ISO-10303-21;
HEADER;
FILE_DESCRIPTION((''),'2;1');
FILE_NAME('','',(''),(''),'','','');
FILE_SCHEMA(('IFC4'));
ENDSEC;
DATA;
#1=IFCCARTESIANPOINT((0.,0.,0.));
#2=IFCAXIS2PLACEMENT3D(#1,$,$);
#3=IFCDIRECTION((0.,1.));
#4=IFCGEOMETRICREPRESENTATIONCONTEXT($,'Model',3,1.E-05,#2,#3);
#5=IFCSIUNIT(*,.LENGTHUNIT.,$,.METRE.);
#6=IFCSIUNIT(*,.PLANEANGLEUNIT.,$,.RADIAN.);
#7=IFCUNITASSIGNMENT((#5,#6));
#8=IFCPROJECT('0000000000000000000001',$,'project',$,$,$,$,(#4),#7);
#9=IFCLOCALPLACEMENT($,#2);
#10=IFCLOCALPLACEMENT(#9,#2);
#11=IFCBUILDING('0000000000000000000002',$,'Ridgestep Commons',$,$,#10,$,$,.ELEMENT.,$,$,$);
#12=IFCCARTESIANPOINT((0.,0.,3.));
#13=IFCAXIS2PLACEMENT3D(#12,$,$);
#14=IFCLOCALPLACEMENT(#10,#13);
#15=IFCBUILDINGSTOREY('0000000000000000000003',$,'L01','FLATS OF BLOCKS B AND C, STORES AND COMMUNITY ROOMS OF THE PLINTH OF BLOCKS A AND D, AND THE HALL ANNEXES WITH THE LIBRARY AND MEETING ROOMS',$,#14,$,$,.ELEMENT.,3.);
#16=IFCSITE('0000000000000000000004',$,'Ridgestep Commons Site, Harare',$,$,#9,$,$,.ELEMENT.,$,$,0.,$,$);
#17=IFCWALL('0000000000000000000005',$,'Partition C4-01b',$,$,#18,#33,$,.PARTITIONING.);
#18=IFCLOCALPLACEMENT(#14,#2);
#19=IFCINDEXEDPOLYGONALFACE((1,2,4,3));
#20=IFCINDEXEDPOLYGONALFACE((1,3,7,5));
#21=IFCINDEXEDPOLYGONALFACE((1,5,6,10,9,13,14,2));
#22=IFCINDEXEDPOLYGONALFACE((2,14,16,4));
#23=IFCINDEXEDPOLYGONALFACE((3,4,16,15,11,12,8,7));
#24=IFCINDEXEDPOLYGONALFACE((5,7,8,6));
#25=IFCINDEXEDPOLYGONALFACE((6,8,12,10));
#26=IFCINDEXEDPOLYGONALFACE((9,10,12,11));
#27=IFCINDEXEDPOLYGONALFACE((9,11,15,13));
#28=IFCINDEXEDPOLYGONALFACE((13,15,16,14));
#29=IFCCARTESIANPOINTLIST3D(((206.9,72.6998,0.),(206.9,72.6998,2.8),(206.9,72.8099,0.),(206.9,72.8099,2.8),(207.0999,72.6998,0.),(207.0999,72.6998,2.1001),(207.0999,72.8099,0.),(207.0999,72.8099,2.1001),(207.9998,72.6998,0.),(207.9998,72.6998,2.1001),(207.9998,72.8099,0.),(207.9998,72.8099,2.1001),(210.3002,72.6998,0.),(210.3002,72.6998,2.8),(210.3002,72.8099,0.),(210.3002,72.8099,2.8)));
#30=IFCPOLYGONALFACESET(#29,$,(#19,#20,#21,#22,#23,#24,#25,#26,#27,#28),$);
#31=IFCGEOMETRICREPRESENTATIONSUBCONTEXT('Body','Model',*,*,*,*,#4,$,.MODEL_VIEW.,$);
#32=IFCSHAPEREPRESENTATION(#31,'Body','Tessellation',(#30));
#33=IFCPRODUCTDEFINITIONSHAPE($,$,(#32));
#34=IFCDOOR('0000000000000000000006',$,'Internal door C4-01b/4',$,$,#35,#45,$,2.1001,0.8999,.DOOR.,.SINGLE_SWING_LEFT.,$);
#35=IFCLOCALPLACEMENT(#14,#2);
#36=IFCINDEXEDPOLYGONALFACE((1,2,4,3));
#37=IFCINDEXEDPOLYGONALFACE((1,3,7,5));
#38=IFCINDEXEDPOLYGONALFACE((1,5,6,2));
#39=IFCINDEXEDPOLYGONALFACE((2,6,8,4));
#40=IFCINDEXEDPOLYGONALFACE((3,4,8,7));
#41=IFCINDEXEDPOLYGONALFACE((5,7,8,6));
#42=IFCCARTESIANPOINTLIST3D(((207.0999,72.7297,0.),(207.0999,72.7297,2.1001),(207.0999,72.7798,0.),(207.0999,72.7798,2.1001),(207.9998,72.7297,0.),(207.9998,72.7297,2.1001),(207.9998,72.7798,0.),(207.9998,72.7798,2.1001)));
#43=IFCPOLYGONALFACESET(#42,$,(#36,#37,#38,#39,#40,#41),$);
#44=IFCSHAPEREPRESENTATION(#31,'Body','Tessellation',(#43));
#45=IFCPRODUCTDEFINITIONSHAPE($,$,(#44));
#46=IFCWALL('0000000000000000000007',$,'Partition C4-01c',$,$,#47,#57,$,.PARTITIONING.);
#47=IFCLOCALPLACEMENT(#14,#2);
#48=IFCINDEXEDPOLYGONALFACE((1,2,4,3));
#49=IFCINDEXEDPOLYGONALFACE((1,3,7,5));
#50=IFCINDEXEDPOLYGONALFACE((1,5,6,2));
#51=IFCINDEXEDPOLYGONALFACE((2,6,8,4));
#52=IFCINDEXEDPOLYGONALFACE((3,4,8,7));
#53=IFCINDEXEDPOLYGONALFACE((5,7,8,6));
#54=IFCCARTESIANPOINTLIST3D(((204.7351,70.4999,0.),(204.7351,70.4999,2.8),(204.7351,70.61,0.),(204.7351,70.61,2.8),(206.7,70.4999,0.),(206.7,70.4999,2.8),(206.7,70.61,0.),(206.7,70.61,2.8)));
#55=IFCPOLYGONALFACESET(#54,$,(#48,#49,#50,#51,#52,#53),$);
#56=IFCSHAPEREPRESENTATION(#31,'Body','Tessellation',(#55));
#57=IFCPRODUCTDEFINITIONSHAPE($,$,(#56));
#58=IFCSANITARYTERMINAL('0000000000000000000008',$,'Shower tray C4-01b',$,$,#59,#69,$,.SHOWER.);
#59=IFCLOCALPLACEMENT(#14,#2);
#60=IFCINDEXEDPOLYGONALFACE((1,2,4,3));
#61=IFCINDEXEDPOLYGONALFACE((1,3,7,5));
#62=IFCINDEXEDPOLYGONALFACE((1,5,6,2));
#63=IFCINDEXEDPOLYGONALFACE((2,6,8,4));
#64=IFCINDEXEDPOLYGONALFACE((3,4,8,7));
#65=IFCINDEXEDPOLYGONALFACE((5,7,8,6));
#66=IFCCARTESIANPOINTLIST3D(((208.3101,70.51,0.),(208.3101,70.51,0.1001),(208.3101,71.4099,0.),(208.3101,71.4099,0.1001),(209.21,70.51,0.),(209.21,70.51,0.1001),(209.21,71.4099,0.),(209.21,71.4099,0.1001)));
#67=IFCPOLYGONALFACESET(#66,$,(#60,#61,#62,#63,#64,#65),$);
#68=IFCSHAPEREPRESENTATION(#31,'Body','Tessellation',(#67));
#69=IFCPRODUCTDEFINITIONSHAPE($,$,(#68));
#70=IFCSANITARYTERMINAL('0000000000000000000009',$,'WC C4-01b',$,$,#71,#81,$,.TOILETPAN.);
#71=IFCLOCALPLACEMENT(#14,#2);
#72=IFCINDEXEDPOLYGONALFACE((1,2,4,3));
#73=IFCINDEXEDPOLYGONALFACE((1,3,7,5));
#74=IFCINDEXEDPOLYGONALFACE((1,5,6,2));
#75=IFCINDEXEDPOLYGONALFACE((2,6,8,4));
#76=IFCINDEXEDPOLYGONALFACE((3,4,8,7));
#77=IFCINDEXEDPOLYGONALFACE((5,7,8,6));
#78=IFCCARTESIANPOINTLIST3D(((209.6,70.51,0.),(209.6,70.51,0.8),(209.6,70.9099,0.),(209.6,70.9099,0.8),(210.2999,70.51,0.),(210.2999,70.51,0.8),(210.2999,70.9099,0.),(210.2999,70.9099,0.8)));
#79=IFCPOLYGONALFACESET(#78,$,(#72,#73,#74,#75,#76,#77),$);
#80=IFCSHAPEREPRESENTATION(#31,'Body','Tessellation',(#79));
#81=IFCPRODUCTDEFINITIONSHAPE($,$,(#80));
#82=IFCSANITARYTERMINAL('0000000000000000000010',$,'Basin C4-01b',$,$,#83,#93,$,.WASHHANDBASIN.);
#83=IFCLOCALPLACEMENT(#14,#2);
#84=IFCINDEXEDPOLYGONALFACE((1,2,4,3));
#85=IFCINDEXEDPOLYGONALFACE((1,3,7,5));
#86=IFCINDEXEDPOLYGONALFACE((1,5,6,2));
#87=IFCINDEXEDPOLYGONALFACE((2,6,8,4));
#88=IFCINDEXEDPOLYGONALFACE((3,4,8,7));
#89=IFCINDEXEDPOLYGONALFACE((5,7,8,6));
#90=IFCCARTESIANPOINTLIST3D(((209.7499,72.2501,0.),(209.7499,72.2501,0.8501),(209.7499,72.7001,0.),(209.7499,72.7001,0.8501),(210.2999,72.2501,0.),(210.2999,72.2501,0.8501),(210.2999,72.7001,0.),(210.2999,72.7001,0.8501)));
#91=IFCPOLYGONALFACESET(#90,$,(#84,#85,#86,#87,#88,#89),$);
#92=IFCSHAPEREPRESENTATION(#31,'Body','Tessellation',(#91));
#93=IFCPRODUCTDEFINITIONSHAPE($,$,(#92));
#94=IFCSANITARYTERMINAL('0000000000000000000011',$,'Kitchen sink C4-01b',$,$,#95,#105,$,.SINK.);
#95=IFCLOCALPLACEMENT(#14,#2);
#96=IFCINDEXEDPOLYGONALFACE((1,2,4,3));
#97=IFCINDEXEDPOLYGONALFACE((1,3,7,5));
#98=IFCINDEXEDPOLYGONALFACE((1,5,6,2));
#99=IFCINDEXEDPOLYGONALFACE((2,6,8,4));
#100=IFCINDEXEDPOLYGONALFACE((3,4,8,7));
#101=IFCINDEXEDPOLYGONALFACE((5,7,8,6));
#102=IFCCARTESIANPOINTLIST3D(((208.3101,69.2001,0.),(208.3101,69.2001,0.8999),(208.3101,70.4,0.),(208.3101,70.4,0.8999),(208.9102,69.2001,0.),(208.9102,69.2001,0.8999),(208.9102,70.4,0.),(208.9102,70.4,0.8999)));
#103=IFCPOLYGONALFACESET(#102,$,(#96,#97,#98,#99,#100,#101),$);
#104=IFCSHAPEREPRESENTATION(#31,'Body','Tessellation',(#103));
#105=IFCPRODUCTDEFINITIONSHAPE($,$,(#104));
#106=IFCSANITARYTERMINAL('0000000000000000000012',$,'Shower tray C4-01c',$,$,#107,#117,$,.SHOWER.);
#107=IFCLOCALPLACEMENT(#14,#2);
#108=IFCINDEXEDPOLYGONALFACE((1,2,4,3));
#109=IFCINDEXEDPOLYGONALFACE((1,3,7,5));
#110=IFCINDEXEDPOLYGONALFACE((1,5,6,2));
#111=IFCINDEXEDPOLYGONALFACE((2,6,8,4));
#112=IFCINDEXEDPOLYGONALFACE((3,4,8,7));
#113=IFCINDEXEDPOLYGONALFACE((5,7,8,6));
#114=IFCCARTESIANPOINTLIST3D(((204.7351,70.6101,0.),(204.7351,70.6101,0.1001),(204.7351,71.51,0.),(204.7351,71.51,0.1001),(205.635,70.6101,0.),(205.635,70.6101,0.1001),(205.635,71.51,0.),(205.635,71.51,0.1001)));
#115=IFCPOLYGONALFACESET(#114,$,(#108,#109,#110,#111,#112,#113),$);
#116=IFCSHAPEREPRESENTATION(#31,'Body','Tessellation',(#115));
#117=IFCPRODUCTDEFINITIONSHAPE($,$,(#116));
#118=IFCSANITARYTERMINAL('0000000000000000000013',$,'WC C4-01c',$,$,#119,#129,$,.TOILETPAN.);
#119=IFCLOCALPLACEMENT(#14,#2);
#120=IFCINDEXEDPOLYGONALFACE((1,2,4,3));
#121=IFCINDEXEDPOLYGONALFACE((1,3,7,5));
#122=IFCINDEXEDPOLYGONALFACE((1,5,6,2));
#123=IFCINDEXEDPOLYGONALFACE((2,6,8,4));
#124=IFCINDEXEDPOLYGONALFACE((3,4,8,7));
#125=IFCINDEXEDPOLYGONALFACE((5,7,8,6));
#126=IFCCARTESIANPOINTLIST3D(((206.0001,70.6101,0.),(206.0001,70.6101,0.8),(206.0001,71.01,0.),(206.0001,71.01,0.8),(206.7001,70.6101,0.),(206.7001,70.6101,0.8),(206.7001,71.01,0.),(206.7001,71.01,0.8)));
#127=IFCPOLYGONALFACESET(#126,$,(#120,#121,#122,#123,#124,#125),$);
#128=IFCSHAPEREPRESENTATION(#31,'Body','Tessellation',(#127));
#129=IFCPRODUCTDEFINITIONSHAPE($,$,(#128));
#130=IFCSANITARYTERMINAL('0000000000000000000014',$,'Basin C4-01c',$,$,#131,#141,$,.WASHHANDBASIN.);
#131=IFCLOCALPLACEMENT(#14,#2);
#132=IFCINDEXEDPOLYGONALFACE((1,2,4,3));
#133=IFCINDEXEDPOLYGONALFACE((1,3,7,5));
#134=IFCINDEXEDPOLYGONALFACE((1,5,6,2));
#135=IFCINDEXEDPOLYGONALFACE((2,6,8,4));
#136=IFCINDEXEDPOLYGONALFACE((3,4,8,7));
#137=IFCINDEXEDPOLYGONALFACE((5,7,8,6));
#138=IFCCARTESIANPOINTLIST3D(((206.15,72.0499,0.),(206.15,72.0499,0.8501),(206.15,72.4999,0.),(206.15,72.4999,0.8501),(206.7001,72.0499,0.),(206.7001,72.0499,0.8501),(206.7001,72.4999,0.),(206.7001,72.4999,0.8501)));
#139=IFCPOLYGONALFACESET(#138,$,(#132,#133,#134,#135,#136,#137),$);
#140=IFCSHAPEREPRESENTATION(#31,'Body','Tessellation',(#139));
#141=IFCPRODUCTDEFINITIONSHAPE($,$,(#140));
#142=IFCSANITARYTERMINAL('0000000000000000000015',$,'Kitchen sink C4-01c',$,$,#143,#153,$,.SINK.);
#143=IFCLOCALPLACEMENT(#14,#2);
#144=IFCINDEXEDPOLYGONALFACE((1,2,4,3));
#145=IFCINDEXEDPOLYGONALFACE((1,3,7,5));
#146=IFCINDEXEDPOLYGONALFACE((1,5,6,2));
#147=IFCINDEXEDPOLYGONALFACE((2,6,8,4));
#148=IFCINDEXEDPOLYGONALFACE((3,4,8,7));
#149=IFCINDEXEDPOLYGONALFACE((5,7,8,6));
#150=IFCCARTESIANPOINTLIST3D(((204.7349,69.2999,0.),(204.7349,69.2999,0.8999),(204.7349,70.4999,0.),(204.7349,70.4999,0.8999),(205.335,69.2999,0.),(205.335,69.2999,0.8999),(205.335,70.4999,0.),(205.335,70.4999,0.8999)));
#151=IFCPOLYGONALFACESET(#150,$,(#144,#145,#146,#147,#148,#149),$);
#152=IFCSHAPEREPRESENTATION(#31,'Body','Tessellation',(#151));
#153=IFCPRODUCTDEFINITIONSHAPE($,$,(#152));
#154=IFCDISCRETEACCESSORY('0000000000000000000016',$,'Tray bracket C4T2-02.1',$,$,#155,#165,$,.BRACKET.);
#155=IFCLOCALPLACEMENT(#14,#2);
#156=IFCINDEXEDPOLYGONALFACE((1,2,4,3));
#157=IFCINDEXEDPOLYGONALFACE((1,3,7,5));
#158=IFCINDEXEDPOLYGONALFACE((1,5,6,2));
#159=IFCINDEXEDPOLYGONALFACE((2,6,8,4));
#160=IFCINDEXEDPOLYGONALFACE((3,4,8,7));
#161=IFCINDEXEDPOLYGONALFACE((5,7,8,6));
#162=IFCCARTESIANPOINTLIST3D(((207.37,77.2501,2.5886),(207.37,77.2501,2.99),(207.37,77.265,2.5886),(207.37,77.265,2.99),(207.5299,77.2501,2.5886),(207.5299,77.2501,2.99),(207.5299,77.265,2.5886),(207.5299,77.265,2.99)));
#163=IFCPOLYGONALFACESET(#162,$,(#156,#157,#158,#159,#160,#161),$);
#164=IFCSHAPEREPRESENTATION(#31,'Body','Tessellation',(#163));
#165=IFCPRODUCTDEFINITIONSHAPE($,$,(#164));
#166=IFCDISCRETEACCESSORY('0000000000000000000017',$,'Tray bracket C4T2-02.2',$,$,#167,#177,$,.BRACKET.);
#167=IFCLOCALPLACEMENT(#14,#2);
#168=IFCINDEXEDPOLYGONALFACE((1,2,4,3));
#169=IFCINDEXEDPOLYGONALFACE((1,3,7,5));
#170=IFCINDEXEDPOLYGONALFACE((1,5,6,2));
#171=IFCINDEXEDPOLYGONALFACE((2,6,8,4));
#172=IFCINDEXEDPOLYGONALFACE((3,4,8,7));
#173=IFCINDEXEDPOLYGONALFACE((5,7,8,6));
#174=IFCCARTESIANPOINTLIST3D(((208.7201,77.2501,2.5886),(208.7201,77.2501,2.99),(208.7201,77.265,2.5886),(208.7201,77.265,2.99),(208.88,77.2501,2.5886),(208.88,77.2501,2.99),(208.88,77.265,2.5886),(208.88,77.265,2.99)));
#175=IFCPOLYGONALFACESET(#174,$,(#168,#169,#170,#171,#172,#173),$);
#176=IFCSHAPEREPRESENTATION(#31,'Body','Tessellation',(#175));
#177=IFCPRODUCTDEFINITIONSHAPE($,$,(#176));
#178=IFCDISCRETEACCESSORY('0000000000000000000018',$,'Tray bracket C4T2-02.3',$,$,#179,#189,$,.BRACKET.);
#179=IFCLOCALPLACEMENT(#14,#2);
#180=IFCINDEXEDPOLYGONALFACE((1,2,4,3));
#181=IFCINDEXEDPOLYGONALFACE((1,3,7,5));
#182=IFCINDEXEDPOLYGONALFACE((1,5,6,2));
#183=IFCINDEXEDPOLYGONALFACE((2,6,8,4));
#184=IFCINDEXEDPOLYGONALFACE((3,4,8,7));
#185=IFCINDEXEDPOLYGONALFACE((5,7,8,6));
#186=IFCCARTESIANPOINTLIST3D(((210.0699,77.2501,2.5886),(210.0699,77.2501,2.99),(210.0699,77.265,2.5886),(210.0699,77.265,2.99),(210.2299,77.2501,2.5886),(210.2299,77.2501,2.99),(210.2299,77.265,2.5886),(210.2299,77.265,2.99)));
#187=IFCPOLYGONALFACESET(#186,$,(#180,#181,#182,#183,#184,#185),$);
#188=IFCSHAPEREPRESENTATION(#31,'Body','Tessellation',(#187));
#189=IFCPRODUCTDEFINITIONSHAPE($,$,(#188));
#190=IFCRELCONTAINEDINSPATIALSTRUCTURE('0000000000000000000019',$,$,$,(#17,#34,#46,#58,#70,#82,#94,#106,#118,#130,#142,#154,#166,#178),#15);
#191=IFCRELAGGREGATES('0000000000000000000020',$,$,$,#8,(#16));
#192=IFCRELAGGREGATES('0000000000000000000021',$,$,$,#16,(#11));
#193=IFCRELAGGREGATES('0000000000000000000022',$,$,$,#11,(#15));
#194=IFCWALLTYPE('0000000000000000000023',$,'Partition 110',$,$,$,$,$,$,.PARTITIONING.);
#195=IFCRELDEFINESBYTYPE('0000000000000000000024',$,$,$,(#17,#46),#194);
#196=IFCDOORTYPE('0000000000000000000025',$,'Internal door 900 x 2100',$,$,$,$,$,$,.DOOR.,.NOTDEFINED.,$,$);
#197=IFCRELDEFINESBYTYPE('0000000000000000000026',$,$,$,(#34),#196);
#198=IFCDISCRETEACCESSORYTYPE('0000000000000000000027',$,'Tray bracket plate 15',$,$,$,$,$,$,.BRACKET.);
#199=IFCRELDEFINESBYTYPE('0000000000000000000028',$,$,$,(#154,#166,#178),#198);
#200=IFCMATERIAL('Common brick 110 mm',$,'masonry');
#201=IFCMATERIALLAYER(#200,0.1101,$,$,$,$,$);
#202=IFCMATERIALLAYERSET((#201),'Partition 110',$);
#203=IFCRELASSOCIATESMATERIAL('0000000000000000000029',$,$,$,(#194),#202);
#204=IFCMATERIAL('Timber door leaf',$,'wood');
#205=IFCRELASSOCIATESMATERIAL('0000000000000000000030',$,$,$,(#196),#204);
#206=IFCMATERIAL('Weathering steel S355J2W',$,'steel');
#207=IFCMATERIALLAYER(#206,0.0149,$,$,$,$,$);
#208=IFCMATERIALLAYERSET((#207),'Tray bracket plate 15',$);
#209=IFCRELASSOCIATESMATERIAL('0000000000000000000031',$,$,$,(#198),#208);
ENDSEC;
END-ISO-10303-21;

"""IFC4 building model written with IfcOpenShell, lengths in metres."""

from ifc_helpers import new_model, si_unit, direction, frame, frame_2d, origin, origin_2d, place, context, subcontext, project, spatial, rectangle, extrude, material, layer, layer_set, type_object, element, fill, save


model = new_model("IFC4")

# Units and contexts
model_context = context("Model", 3, precision=1e-05, world=origin(), true_north=direction((0.0, 1.0)))
body_context = subcontext(model_context, "Body", "Model", "MODEL_VIEW")
ifc_project = project(units=[si_unit("LENGTHUNIT", "METRE"), si_unit("PLANEANGLEUNIT", "RADIAN")], contexts=[model_context])

# Site, building, storey
site_placement = place(None, origin())
site = spatial("IfcSite", under=ifc_project, at=site_placement, Name="Ridgestep Commons Site, Harare", CompositionType="ELEMENT", RefElevation=0.0)
building_placement = place(site_placement, origin())
building = spatial("IfcBuilding", under=site, at=building_placement, Name="Ridgestep Commons", CompositionType="ELEMENT")
storey_placement = place(building_placement, frame((0.0, 0.0, 3.0)))
storey = spatial("IfcBuildingStorey", under=building, at=storey_placement, Name="L01", Description="FLATS OF BLOCKS B AND C, STORES AND COMMUNITY ROOMS OF THE PLINTH OF BLOCKS A AND D, AND THE HALL ANNEXES WITH THE LIBRARY AND MEETING ROOMS", CompositionType="ELEMENT", Elevation=3.0)

# Shared definitions
ifc_material_1 = material(Name="Common brick 110 mm", Category="masonry")
ifc_layer_1 = layer(ifc_material_1, 0.1101)
ifc_layer_set_1 = layer_set([ifc_layer_1], Name="Partition 110")
wall_type_1 = type_object("IfcWallType", Name="Partition 110", PredefinedType="PARTITIONING", material=ifc_layer_set_1)

# Wall, opening, door
wall_1_placement = place(storey_placement, frame((206.8999, 72.7549, 0.0), z_axis=(0.0, 0.0, 1.0), x_axis=(1.0, 0.0, 0.0)))
wall_1 = element("IfcWall", 1, at=wall_1_placement, inside=storey, type_object=wall_type_1, Name="Partition C4-01b", PredefinedType="PARTITIONING", context=body_context, shape_type="SweptSolid", body=[
    extrude(rectangle(XDim=3.4001, YDim=0.1101, at=frame_2d((1.7002, 0.0))), origin(), (0.0, 0.0, 1.0), 2.8),
])
opening_1_placement = place(wall_1_placement, frame((0.2, 0.0, 0.0)))
opening_1 = element("IfcOpeningElement", 2, at=opening_1_placement, cuts=wall_1, PredefinedType="OPENING", context=body_context, shape_type="SweptSolid", body=[
    extrude(rectangle(XDim=0.8999, YDim=2.1001, at=frame_2d((0.45, 1.05))), frame((0.0, 0.0649, 0.0), z_axis=(0.0, -1.0, 0.0), x_axis=(1.0, 0.0, 0.0)), (0.0, 0.0, 1.0), 0.1301),
])
ifc_material_2 = material(Name="Timber door leaf", Category="wood")
door_type_1 = type_object("IfcDoorType", Name="Internal door 900 x 2100", OperationType="NOTDEFINED", PredefinedType="DOOR", material=ifc_material_2)
door_1_placement = place(opening_1_placement, origin())
door_1 = element("IfcDoor", 3, at=door_1_placement, inside=storey, type_object=door_type_1, Name="Internal door C4-01b/4", OperationType="SINGLE_SWING_LEFT", OverallHeight=2.1001, OverallWidth=0.8999, PredefinedType="DOOR", context=body_context, shape_type="SweptSolid", body=[
    extrude(rectangle(XDim=0.8999, YDim=2.1001, at=frame_2d((0.45, 1.05))), frame((0.0, 0.0249, 0.0), z_axis=(0.0, -1.0, 0.0), x_axis=(1.0, 0.0, 0.0)), (0.0, 0.0, 1.0), 0.05),
])
fill(opening_1, door_1)

# Wall
wall_2_placement = place(storey_placement, frame((204.7351, 70.5549, 0.0), z_axis=(0.0, 0.0, 1.0), x_axis=(1.0, 0.0, 0.0)))
element("IfcWall", 4, at=wall_2_placement, inside=storey, type_object=wall_type_1, Name="Partition C4-01c", PredefinedType="PARTITIONING", context=body_context, shape_type="SweptSolid", body=[
    extrude(rectangle(XDim=1.9648, YDim=0.1101, at=frame_2d((0.9824, 0.0))), origin(), (0.0, 0.0, 1.0), 2.8),
])

# Sanitary terminals
sanitary_terminal_1_placement = place(storey_placement, frame((208.76, 70.96, 0.0), z_axis=(0.0, 0.0, 1.0), x_axis=(1.0, 0.0, 0.0)))
element("IfcSanitaryTerminal", 5, at=sanitary_terminal_1_placement, inside=storey, Name="Shower tray C4-01b", PredefinedType="SHOWER", context=body_context, shape_type="SweptSolid", body=[
    extrude(rectangle(XDim=0.8999, YDim=0.8999, at=origin_2d()), origin(), (0.0, 0.0, 1.0), 0.1001),
])
sanitary_terminal_2_placement = place(storey_placement, frame((209.95, 70.71, 0.0), z_axis=(0.0, 0.0, 1.0), x_axis=(1.0, 0.0, 0.0)))
element("IfcSanitaryTerminal", 6, at=sanitary_terminal_2_placement, inside=storey, Name="WC C4-01b", PredefinedType="TOILETPAN", context=body_context, shape_type="SweptSolid", body=[
    extrude(rectangle(XDim=0.7, YDim=0.3999, at=origin_2d()), origin(), (0.0, 0.0, 1.0), 0.8),
])
sanitary_terminal_3_placement = place(storey_placement, frame((210.0249, 72.4751, 0.0), z_axis=(0.0, 0.0, 1.0), x_axis=(1.0, 0.0, 0.0)))
element("IfcSanitaryTerminal", 7, at=sanitary_terminal_3_placement, inside=storey, Name="Basin C4-01b", PredefinedType="WASHHANDBASIN", context=body_context, shape_type="SweptSolid", body=[
    extrude(rectangle(XDim=0.55, YDim=0.45, at=origin_2d()), origin(), (0.0, 0.0, 1.0), 0.8501),
])
sanitary_terminal_4_placement = place(storey_placement, frame((208.6101, 69.8, 0.0), z_axis=(0.0, 0.0, 1.0), x_axis=(1.0, 0.0, 0.0)))
element("IfcSanitaryTerminal", 8, at=sanitary_terminal_4_placement, inside=storey, Name="Kitchen sink C4-01b", PredefinedType="SINK", context=body_context, shape_type="SweptSolid", body=[
    extrude(rectangle(XDim=0.6001, YDim=1.2, at=origin_2d()), origin(), (0.0, 0.0, 1.0), 0.8999),
])
sanitary_terminal_5_placement = place(storey_placement, frame((205.1851, 71.0601, 0.0), z_axis=(0.0, 0.0, 1.0), x_axis=(1.0, 0.0, 0.0)))
element("IfcSanitaryTerminal", 9, at=sanitary_terminal_5_placement, inside=storey, Name="Shower tray C4-01c", PredefinedType="SHOWER", context=body_context, shape_type="SweptSolid", body=[
    extrude(rectangle(XDim=0.8999, YDim=0.8999, at=origin_2d()), origin(), (0.0, 0.0, 1.0), 0.1001),
])
sanitary_terminal_6_placement = place(storey_placement, frame((206.3501, 70.8101, 0.0), z_axis=(0.0, 0.0, 1.0), x_axis=(1.0, 0.0, 0.0)))
element("IfcSanitaryTerminal", 10, at=sanitary_terminal_6_placement, inside=storey, Name="WC C4-01c", PredefinedType="TOILETPAN", context=body_context, shape_type="SweptSolid", body=[
    extrude(rectangle(XDim=0.7, YDim=0.3999, at=origin_2d()), origin(), (0.0, 0.0, 1.0), 0.8),
])
sanitary_terminal_7_placement = place(storey_placement, frame((206.425, 72.2749, 0.0), z_axis=(0.0, 0.0, 1.0), x_axis=(1.0, 0.0, 0.0)))
element("IfcSanitaryTerminal", 11, at=sanitary_terminal_7_placement, inside=storey, Name="Basin C4-01c", PredefinedType="WASHHANDBASIN", context=body_context, shape_type="SweptSolid", body=[
    extrude(rectangle(XDim=0.55, YDim=0.45, at=origin_2d()), origin(), (0.0, 0.0, 1.0), 0.8501),
])
sanitary_terminal_8_placement = place(storey_placement, frame((205.0349, 69.8999, 0.0), z_axis=(0.0, 0.0, 1.0), x_axis=(1.0, 0.0, 0.0)))
element("IfcSanitaryTerminal", 12, at=sanitary_terminal_8_placement, inside=storey, Name="Kitchen sink C4-01c", PredefinedType="SINK", context=body_context, shape_type="SweptSolid", body=[
    extrude(rectangle(XDim=0.6001, YDim=1.2, at=origin_2d()), origin(), (0.0, 0.0, 1.0), 0.8999),
])

# Discrete accessories
ifc_material_3 = material(Name="Weathering steel S355J2W", Category="steel")
ifc_layer_2 = layer(ifc_material_3, 0.0149)
ifc_layer_set_2 = layer_set([ifc_layer_2], Name="Tray bracket plate 15")
discrete_accessory_type_1 = type_object("IfcDiscreteAccessoryType", Name="Tray bracket plate 15", PredefinedType="BRACKET", material=ifc_layer_set_2)
for number, where, z_axis, x_axis, name in (
    (13, (207.45, 77.2576, 2.5886), (0.0, 0.0, 1.0), (1.0, 0.0, 0.0), "Tray bracket C4T2-02.1"),
    (14, (208.8, 77.2576, 2.5886), (0.0, 0.0, 1.0), (1.0, 0.0, 0.0), "Tray bracket C4T2-02.2"),
    (15, (210.1499, 77.2576, 2.5886), (0.0, 0.0, 1.0), (1.0, 0.0, 0.0), "Tray bracket C4T2-02.3"),
):
    element("IfcDiscreteAccessory", number, at=place(storey_placement, frame(where, z_axis=z_axis, x_axis=x_axis)), inside=storey, type_object=discrete_accessory_type_1, Name=name, PredefinedType="BRACKET", context=body_context, shape_type="SweptSolid", body=[
        extrude(rectangle(XDim=0.1599, YDim=0.0149, at=origin_2d()), origin(), (0.0, 0.0, 1.0), 0.4014),
    ])

save(model, "model.ifc")
